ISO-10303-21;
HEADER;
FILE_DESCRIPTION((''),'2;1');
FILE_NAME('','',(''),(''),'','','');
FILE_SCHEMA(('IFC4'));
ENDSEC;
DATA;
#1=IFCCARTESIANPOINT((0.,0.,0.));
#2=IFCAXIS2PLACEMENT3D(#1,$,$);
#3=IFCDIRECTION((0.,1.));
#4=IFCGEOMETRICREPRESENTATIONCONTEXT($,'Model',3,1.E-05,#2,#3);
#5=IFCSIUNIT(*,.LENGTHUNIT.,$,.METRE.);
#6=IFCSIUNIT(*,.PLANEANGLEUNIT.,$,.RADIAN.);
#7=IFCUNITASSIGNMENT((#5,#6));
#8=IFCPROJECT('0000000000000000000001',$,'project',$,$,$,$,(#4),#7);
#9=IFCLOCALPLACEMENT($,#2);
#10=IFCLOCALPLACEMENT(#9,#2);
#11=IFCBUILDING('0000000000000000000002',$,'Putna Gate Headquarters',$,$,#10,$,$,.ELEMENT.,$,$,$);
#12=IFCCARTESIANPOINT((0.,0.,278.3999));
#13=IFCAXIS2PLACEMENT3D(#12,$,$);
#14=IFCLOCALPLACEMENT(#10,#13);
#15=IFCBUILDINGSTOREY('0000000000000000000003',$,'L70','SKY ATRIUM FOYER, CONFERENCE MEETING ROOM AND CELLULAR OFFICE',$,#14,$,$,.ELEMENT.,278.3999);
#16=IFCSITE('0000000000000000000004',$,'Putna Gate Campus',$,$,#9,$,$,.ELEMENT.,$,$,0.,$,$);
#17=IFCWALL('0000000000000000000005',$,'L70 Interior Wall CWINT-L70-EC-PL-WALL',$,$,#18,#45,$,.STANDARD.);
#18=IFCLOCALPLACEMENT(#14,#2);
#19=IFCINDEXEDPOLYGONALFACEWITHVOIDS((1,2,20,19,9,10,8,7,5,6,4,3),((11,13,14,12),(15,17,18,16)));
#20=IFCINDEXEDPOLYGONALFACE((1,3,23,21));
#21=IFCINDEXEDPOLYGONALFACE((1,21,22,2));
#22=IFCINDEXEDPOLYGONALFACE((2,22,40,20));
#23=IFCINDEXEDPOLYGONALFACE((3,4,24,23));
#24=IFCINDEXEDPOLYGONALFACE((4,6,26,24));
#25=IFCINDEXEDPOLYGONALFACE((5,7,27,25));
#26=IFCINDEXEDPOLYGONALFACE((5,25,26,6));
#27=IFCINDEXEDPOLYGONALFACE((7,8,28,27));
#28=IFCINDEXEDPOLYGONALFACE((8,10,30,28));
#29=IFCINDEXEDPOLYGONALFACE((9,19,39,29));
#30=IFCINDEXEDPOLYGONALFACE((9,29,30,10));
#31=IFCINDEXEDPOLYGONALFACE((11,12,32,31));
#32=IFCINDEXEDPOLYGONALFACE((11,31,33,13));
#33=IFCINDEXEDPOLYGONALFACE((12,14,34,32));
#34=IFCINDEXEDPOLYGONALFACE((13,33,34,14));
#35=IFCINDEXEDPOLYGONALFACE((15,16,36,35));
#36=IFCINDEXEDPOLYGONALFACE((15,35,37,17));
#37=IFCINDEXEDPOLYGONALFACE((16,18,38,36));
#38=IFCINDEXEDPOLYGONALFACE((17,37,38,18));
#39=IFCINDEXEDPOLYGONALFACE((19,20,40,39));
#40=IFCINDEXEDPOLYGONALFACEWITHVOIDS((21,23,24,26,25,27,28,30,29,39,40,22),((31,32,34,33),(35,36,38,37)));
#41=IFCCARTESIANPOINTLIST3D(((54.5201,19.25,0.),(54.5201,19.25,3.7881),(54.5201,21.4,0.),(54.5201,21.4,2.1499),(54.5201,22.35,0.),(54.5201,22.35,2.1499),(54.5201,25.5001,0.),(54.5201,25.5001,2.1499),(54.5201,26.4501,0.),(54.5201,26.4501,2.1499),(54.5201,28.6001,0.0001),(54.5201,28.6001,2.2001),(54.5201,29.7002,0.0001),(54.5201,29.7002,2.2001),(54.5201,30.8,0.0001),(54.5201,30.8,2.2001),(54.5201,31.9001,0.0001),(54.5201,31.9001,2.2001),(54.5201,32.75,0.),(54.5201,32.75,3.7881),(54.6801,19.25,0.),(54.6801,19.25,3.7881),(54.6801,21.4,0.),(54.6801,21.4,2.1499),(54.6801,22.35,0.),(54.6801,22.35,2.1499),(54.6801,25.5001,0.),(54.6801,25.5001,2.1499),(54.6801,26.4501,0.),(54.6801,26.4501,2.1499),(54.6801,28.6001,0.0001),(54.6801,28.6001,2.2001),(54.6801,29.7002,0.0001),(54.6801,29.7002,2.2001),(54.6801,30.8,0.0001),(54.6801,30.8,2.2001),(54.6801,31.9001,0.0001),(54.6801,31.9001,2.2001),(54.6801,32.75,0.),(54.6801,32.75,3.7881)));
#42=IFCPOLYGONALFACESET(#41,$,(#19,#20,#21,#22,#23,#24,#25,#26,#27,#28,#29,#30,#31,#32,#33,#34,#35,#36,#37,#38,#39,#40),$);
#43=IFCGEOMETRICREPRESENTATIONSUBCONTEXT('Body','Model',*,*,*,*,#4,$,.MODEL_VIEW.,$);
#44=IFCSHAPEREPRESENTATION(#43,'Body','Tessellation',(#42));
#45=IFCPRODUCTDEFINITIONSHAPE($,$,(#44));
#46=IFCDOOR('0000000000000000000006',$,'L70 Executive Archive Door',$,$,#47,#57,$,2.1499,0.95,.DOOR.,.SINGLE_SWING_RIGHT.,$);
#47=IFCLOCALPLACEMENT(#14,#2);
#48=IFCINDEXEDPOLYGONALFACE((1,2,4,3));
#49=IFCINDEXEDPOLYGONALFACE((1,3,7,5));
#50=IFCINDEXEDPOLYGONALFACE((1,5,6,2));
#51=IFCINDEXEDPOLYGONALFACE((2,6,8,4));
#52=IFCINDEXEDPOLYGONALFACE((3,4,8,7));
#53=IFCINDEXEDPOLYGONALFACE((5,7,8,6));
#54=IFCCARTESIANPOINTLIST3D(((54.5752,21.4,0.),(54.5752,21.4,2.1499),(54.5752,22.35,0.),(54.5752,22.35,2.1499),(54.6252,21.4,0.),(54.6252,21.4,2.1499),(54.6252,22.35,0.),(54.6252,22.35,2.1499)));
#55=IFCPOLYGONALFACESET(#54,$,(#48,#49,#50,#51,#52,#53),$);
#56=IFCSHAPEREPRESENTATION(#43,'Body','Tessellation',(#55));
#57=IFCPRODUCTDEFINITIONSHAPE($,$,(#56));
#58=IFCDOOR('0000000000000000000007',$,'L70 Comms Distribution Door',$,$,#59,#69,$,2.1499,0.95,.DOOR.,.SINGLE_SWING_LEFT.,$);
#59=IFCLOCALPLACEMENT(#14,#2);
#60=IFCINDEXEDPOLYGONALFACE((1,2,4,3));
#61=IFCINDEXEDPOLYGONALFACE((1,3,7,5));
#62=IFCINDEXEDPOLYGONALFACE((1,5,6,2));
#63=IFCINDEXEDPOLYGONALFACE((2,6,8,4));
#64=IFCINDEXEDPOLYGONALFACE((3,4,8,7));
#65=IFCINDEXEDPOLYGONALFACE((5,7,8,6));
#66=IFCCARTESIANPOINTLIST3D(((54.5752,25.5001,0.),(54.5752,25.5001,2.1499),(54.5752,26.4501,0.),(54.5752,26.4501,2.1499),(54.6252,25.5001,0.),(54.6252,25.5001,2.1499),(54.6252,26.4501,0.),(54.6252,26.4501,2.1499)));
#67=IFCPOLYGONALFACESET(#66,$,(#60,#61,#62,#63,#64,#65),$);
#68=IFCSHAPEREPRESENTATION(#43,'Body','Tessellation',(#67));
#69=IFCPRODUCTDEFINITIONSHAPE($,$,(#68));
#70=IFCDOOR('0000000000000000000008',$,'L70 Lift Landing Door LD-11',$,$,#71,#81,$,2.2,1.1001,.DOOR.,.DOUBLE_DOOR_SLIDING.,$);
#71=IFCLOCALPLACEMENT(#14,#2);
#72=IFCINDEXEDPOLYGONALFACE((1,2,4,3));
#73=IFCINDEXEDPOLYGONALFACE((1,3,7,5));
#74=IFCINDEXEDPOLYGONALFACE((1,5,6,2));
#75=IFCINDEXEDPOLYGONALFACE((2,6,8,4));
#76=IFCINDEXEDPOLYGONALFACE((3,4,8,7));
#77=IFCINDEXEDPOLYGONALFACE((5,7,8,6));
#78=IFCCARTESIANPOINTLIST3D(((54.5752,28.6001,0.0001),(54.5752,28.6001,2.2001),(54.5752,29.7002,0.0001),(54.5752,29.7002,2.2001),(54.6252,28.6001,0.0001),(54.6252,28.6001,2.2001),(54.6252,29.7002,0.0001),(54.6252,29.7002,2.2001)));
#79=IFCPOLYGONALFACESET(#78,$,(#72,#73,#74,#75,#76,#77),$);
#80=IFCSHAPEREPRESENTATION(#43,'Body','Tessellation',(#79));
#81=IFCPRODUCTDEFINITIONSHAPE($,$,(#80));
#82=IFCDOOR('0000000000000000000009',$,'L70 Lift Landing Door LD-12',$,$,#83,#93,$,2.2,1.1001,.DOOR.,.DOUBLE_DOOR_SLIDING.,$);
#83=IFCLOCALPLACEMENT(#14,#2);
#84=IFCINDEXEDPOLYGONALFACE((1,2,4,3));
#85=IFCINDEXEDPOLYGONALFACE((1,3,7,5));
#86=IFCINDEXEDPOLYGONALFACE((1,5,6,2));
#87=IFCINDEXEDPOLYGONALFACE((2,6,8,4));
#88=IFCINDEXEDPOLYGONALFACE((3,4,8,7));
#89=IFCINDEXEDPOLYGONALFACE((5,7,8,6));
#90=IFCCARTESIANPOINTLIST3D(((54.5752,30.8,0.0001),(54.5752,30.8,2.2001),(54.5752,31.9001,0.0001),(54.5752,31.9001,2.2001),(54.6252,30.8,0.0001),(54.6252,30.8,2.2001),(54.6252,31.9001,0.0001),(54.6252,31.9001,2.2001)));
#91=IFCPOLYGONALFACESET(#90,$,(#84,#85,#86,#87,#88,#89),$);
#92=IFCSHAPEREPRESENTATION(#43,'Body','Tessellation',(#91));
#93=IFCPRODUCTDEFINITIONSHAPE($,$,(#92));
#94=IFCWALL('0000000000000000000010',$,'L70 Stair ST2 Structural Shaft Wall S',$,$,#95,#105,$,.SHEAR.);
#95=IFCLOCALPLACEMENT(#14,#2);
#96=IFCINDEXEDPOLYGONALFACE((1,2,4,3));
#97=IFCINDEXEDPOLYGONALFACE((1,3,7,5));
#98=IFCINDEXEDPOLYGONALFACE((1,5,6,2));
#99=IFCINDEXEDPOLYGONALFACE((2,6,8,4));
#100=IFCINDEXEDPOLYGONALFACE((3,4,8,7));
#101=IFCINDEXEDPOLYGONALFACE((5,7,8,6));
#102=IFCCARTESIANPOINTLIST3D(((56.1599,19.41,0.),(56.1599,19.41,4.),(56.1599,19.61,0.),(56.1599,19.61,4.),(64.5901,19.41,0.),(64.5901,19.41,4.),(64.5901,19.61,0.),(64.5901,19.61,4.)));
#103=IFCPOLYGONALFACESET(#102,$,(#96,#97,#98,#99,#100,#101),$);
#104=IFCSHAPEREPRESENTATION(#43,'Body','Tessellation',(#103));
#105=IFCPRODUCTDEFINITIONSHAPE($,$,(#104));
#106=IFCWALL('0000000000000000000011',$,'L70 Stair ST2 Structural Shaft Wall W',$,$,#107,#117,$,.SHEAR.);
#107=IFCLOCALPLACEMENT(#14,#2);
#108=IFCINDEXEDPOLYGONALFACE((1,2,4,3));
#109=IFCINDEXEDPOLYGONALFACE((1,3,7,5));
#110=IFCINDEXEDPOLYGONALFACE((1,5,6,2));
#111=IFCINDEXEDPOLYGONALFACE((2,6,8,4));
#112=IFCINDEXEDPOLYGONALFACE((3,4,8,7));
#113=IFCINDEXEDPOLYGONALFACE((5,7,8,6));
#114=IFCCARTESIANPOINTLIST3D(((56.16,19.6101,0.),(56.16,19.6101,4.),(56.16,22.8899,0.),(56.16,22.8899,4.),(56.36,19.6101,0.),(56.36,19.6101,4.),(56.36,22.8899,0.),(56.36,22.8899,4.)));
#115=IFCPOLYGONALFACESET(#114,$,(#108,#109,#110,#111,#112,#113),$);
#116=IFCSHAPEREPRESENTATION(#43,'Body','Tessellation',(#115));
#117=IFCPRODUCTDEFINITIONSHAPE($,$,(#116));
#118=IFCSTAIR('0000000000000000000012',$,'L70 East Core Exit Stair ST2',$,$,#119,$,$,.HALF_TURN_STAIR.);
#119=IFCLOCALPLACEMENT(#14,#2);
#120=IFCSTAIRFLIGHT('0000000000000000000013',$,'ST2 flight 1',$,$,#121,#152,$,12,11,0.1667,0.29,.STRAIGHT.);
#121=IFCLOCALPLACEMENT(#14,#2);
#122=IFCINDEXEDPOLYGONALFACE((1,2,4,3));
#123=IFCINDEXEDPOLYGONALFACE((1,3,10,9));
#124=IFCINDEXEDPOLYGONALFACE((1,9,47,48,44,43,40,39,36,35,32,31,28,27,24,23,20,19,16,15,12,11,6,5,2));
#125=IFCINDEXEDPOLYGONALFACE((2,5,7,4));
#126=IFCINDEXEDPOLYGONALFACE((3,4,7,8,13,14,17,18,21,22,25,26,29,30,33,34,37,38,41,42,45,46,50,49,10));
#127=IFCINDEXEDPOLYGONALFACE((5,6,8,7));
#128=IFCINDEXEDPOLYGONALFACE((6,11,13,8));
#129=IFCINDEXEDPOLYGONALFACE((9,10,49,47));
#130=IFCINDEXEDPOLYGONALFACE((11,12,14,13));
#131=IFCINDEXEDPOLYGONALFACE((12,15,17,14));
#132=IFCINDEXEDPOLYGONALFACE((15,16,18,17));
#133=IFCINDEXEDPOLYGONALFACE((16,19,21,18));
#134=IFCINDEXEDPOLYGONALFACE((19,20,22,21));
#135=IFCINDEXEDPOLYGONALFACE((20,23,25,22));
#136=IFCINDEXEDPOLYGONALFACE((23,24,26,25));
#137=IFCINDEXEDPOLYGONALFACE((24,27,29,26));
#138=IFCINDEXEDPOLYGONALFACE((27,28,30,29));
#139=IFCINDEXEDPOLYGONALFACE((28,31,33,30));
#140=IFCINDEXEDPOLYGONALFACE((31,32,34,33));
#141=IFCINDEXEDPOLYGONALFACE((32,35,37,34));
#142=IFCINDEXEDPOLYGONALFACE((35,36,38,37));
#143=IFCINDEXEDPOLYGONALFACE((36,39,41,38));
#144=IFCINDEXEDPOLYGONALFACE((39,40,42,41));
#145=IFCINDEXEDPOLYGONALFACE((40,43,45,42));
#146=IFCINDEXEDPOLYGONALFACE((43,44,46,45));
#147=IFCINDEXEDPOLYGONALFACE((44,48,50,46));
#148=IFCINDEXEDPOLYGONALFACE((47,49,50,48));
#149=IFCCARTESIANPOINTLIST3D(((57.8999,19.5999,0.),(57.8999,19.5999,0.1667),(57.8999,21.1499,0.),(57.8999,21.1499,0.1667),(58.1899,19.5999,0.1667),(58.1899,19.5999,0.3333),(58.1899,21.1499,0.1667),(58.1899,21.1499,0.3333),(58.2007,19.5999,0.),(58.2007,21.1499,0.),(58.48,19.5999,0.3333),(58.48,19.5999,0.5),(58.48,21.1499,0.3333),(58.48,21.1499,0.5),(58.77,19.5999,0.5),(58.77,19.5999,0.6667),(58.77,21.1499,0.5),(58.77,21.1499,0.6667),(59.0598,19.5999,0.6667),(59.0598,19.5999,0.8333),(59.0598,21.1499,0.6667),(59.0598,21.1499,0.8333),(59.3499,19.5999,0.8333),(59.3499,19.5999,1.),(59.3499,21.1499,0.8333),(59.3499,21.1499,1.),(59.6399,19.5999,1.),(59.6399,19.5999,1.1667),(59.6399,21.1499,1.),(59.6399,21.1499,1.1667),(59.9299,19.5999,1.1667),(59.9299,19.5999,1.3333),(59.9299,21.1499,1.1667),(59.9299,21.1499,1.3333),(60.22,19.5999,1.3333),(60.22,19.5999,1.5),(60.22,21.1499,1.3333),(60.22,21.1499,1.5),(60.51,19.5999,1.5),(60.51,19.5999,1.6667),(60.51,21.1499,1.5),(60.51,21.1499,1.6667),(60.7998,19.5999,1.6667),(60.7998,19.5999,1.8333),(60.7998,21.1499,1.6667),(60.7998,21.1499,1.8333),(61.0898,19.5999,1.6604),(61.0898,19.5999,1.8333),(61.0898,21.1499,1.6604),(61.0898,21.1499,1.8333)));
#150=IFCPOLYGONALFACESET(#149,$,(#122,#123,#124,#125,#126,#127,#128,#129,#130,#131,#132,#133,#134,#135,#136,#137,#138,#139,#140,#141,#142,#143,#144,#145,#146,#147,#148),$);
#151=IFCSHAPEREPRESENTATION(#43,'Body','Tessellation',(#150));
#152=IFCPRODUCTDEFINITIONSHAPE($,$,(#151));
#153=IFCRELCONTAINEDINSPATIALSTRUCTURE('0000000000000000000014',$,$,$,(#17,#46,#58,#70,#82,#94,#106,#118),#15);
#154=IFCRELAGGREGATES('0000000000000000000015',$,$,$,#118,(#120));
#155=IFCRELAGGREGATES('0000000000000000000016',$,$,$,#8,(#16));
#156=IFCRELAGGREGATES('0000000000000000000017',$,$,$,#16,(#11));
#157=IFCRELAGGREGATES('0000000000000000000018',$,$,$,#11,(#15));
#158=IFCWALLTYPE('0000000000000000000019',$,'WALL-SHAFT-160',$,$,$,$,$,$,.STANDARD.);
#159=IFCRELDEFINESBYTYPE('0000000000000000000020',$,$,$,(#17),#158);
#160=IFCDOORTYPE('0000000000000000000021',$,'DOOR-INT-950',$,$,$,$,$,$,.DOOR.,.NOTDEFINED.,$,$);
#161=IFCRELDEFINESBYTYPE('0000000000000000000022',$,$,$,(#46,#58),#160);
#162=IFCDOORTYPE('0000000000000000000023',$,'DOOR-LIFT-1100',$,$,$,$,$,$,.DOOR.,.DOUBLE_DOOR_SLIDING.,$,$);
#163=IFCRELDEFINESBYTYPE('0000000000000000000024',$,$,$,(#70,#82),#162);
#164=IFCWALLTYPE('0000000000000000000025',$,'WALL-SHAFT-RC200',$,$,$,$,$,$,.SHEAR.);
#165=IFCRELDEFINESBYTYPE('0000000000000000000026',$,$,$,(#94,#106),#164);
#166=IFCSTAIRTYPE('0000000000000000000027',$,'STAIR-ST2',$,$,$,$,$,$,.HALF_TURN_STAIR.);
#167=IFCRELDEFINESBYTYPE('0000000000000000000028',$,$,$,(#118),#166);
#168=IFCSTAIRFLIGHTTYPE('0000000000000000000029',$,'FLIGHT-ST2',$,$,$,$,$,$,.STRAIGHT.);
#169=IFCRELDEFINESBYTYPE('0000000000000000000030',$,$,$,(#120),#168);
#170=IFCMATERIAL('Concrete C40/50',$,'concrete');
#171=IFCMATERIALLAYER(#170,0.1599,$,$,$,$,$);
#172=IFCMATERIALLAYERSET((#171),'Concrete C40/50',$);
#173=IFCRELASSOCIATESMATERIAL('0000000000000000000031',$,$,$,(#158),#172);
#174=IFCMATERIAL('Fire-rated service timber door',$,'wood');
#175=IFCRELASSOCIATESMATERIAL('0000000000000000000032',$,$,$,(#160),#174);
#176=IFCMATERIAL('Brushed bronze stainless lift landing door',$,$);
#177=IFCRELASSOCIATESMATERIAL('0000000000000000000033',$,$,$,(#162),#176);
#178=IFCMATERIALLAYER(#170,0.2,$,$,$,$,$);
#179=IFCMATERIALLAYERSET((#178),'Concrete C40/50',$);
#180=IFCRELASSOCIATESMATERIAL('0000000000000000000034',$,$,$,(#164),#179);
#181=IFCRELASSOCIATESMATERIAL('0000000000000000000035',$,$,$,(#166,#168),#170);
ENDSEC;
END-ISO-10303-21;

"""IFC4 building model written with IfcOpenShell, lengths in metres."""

from ifc_helpers import new_model, si_unit, direction, frame, frame_2d, origin, place, context, subcontext, project, spatial, polyline, rectangle, outline, extrude, material, layer, layer_set, type_object, element, fill, aggregate, save


model = new_model("IFC4")

# Units and contexts
model_context = context("Model", 3, precision=1e-05, world=origin(), true_north=direction((0.0, 1.0)))
body_context = subcontext(model_context, "Body", "Model", "MODEL_VIEW")
ifc_project = project(units=[si_unit("LENGTHUNIT", "METRE"), si_unit("PLANEANGLEUNIT", "RADIAN")], contexts=[model_context])

# Site, building, storey
site_placement = place(None, origin())
site = spatial("IfcSite", under=ifc_project, at=site_placement, Name="Putna Gate Campus", CompositionType="ELEMENT", RefElevation=0.0)
building_placement = place(site_placement, origin())
building = spatial("IfcBuilding", under=site, at=building_placement, Name="Putna Gate Headquarters", CompositionType="ELEMENT")
storey_placement = place(building_placement, frame((0.0, 0.0, 278.3999)))
storey = spatial("IfcBuildingStorey", under=building, at=storey_placement, Name="L70", Description="SKY ATRIUM FOYER, CONFERENCE MEETING ROOM AND CELLULAR OFFICE", CompositionType="ELEMENT", Elevation=278.3999)

# Wall, openings, doors
ifc_material_1 = material(Name="Concrete C40/50", Category="concrete")
ifc_layer_1 = layer(ifc_material_1, 0.1599)
ifc_layer_set_1 = layer_set([ifc_layer_1], Name="Concrete C40/50")
wall_type_1 = type_object("IfcWallType", Name="WALL-SHAFT-160", PredefinedType="STANDARD", material=ifc_layer_set_1)
wall_1_placement = place(storey_placement, frame((54.6001, 19.25, 0.0), z_axis=(0.0, 0.0, 1.0), x_axis=(0.0, 1.0, 0.0)))
wall_1 = element("IfcWall", 1, at=wall_1_placement, inside=storey, type_object=wall_type_1, Name="L70 Interior Wall CWINT-L70-EC-PL-WALL", PredefinedType="STANDARD", context=body_context, shape_type="SweptSolid", body=[
    extrude(rectangle(XDim=13.5, YDim=0.1599, at=frame_2d((6.75, 0.0))), origin(), (0.0, 0.0, 1.0), 3.7881),
])
opening_1_placement = place(wall_1_placement, frame((2.1499, 0.0, 0.0)))
opening_1 = element("IfcOpeningElement", 2, at=opening_1_placement, cuts=wall_1, PredefinedType="OPENING", context=body_context, shape_type="SweptSolid", body=[
    extrude(rectangle(XDim=0.95, YDim=2.1499, at=frame_2d((0.4751, 1.075))), frame((0.0, 0.0898, 0.0), z_axis=(0.0, -1.0, 0.0), x_axis=(1.0, 0.0, 0.0)), (0.0, 0.0, 1.0), 0.1799),
])
opening_2_placement = place(wall_1_placement, frame((6.25, 0.0, 0.0)))
opening_2 = element("IfcOpeningElement", 3, at=opening_2_placement, cuts=wall_1, PredefinedType="OPENING", context=body_context, shape_type="SweptSolid", body=[
    extrude(rectangle(XDim=0.95, YDim=2.1499, at=frame_2d((0.4751, 1.075))), frame((0.0, 0.0898, 0.0), z_axis=(0.0, -1.0, 0.0), x_axis=(1.0, 0.0, 0.0)), (0.0, 0.0, 1.0), 0.1799),
])
opening_3_placement = place(wall_1_placement, frame((9.3501, 0.0, 0.0)))
opening_3 = element("IfcOpeningElement", 4, at=opening_3_placement, cuts=wall_1, PredefinedType="OPENING", context=body_context, shape_type="SweptSolid", body=[
    extrude(rectangle(XDim=1.1001, YDim=2.2, at=frame_2d((0.55, 1.1001))), frame((0.0, 0.0898, 0.0), z_axis=(0.0, -1.0, 0.0), x_axis=(1.0, 0.0, 0.0)), (0.0, 0.0, 1.0), 0.1799),
])
opening_4_placement = place(wall_1_placement, frame((11.55, 0.0, 0.0)))
opening_4 = element("IfcOpeningElement", 5, at=opening_4_placement, cuts=wall_1, PredefinedType="OPENING", context=body_context, shape_type="SweptSolid", body=[
    extrude(rectangle(XDim=1.1001, YDim=2.2, at=frame_2d((0.55, 1.1001))), frame((0.0, 0.0898, 0.0), z_axis=(0.0, -1.0, 0.0), x_axis=(1.0, 0.0, 0.0)), (0.0, 0.0, 1.0), 0.1799),
])
ifc_material_2 = material(Name="Fire-rated service timber door", Category="wood")
door_type_1 = type_object("IfcDoorType", Name="DOOR-INT-950", OperationType="NOTDEFINED", PredefinedType="DOOR", material=ifc_material_2)
door_1_placement = place(opening_1_placement, origin())
door_1 = element("IfcDoor", 6, at=door_1_placement, inside=storey, type_object=door_type_1, Name="L70 Executive Archive Door", OperationType="SINGLE_SWING_RIGHT", OverallHeight=2.1499, OverallWidth=0.95, PredefinedType="DOOR", context=body_context, shape_type="SweptSolid", body=[
    extrude(rectangle(XDim=0.95, YDim=2.1499, at=frame_2d((0.4751, 1.075))), frame((0.0, 0.0249, 0.0), z_axis=(0.0, -1.0, 0.0), x_axis=(1.0, 0.0, 0.0)), (0.0, 0.0, 1.0), 0.05),
])
fill(opening_1, door_1)
door_2_placement = place(opening_2_placement, origin())
door_2 = element("IfcDoor", 7, at=door_2_placement, inside=storey, type_object=door_type_1, Name="L70 Comms Distribution Door", OperationType="SINGLE_SWING_LEFT", OverallHeight=2.1499, OverallWidth=0.95, PredefinedType="DOOR", context=body_context, shape_type="SweptSolid", body=[
    extrude(rectangle(XDim=0.95, YDim=2.1499, at=frame_2d((0.4751, 1.075))), frame((0.0, 0.0249, 0.0), z_axis=(0.0, -1.0, 0.0), x_axis=(1.0, 0.0, 0.0)), (0.0, 0.0, 1.0), 0.05),
])
fill(opening_2, door_2)
ifc_material_3 = material(Name="Brushed bronze stainless lift landing door")
door_type_2 = type_object("IfcDoorType", Name="DOOR-LIFT-1100", OperationType="DOUBLE_DOOR_SLIDING", PredefinedType="DOOR", material=ifc_material_3)
door_3_placement = place(opening_3_placement, origin())
door_3 = element("IfcDoor", 8, at=door_3_placement, inside=storey, type_object=door_type_2, Name="L70 Lift Landing Door LD-11", OperationType="DOUBLE_DOOR_SLIDING", OverallHeight=2.2, OverallWidth=1.1001, PredefinedType="DOOR", context=body_context, shape_type="SweptSolid", body=[
    extrude(rectangle(XDim=1.1001, YDim=2.2, at=frame_2d((0.55, 1.1001))), frame((0.0, 0.0249, 0.0), z_axis=(0.0, -1.0, 0.0), x_axis=(1.0, 0.0, 0.0)), (0.0, 0.0, 1.0), 0.05),
])
fill(opening_3, door_3)
door_4_placement = place(opening_4_placement, origin())
door_4 = element("IfcDoor", 9, at=door_4_placement, inside=storey, type_object=door_type_2, Name="L70 Lift Landing Door LD-12", OperationType="DOUBLE_DOOR_SLIDING", OverallHeight=2.2, OverallWidth=1.1001, PredefinedType="DOOR", context=body_context, shape_type="SweptSolid", body=[
    extrude(rectangle(XDim=1.1001, YDim=2.2, at=frame_2d((0.55, 1.1001))), frame((0.0, 0.0249, 0.0), z_axis=(0.0, -1.0, 0.0), x_axis=(1.0, 0.0, 0.0)), (0.0, 0.0, 1.0), 0.05),
])
fill(opening_4, door_4)

# Walls
ifc_layer_2 = layer(ifc_material_1, 0.2)
ifc_layer_set_2 = layer_set([ifc_layer_2], Name="Concrete C40/50")
wall_type_2 = type_object("IfcWallType", Name="WALL-SHAFT-RC200", PredefinedType="SHEAR", material=ifc_layer_set_2)
wall_2_placement = place(storey_placement, frame((56.1599, 19.51, 0.0), z_axis=(0.0, 0.0, 1.0), x_axis=(1.0, 0.0, 0.0)))
element("IfcWall", 10, at=wall_2_placement, inside=storey, type_object=wall_type_2, Name="L70 Stair ST2 Structural Shaft Wall S", PredefinedType="SHEAR", context=body_context, shape_type="SweptSolid", body=[
    extrude(rectangle(XDim=8.4302, YDim=0.2, at=frame_2d((4.2151, 0.0))), origin(), (0.0, 0.0, 1.0), 4.0),
])
wall_3_placement = place(storey_placement, frame((56.26, 19.6101, 0.0), z_axis=(0.0, 0.0, 1.0), x_axis=(0.0, 1.0, 0.0)))
element("IfcWall", 11, at=wall_3_placement, inside=storey, type_object=wall_type_2, Name="L70 Stair ST2 Structural Shaft Wall W", PredefinedType="SHEAR", context=body_context, shape_type="SweptSolid", body=[
    extrude(rectangle(XDim=3.2798, YDim=0.2, at=frame_2d((1.6399, 0.0))), origin(), (0.0, 0.0, 1.0), 4.0),
])

# Stair, stair flight
stair_type = type_object("IfcStairType", Name="STAIR-ST2", PredefinedType="HALF_TURN_STAIR", material=ifc_material_1)
stair_placement = place(storey_placement, origin())
stair = element("IfcStair", 12, at=stair_placement, inside=storey, type_object=stair_type, Name="L70 East Core Exit Stair ST2", PredefinedType="HALF_TURN_STAIR")
stair_flight_type = type_object("IfcStairFlightType", Name="FLIGHT-ST2", PredefinedType="STRAIGHT", material=ifc_material_1)
stair_flight_placement = place(storey_placement, frame((57.8999, 20.375, 0.0), z_axis=(0.0, 0.0, 1.0), x_axis=(1.0, 0.0, 0.0)))
stair_flight = element("IfcStairFlight", 13, at=stair_flight_placement, type_object=stair_flight_type, Name="ST2 flight 1", NumberOfRisers=12, NumberOfTreads=11, PredefinedType="STRAIGHT", RiserHeight=0.1667, TreadLength=0.29, context=body_context, shape_type="SweptSolid", body=[
    extrude(outline(polyline([(0.0, 0.0), (0.0, 0.1667), (0.29, 0.1667), (0.29, 0.3333), (0.5801, 0.3333), (0.5801, 0.5), (0.8701, 0.5), (0.8701, 0.6667), (1.1599, 0.6667), (1.1599, 0.8333), (1.45, 0.8333), (1.45, 1.0), (1.74, 1.0), (1.74, 1.1667), (2.03, 1.1667), (2.03, 1.3333), (2.3201, 1.3333), (2.3201, 1.5), (2.6101, 1.5), (2.6101, 1.6667), (2.8999, 1.6667), (2.8999, 1.8333), (3.1899, 1.8333), (3.1899, 2.0), (3.1899, 1.6604), (0.3008, 0.0), (0.0, 0.0)])), frame((0.0, 0.7749, 0.0), z_axis=(0.0, -1.0, 0.0), x_axis=(1.0, 0.0, 0.0)), (0.0, 0.0, 1.0), 1.55),
])
aggregate(stair, [stair_flight])

save(model, "model.ifc")
